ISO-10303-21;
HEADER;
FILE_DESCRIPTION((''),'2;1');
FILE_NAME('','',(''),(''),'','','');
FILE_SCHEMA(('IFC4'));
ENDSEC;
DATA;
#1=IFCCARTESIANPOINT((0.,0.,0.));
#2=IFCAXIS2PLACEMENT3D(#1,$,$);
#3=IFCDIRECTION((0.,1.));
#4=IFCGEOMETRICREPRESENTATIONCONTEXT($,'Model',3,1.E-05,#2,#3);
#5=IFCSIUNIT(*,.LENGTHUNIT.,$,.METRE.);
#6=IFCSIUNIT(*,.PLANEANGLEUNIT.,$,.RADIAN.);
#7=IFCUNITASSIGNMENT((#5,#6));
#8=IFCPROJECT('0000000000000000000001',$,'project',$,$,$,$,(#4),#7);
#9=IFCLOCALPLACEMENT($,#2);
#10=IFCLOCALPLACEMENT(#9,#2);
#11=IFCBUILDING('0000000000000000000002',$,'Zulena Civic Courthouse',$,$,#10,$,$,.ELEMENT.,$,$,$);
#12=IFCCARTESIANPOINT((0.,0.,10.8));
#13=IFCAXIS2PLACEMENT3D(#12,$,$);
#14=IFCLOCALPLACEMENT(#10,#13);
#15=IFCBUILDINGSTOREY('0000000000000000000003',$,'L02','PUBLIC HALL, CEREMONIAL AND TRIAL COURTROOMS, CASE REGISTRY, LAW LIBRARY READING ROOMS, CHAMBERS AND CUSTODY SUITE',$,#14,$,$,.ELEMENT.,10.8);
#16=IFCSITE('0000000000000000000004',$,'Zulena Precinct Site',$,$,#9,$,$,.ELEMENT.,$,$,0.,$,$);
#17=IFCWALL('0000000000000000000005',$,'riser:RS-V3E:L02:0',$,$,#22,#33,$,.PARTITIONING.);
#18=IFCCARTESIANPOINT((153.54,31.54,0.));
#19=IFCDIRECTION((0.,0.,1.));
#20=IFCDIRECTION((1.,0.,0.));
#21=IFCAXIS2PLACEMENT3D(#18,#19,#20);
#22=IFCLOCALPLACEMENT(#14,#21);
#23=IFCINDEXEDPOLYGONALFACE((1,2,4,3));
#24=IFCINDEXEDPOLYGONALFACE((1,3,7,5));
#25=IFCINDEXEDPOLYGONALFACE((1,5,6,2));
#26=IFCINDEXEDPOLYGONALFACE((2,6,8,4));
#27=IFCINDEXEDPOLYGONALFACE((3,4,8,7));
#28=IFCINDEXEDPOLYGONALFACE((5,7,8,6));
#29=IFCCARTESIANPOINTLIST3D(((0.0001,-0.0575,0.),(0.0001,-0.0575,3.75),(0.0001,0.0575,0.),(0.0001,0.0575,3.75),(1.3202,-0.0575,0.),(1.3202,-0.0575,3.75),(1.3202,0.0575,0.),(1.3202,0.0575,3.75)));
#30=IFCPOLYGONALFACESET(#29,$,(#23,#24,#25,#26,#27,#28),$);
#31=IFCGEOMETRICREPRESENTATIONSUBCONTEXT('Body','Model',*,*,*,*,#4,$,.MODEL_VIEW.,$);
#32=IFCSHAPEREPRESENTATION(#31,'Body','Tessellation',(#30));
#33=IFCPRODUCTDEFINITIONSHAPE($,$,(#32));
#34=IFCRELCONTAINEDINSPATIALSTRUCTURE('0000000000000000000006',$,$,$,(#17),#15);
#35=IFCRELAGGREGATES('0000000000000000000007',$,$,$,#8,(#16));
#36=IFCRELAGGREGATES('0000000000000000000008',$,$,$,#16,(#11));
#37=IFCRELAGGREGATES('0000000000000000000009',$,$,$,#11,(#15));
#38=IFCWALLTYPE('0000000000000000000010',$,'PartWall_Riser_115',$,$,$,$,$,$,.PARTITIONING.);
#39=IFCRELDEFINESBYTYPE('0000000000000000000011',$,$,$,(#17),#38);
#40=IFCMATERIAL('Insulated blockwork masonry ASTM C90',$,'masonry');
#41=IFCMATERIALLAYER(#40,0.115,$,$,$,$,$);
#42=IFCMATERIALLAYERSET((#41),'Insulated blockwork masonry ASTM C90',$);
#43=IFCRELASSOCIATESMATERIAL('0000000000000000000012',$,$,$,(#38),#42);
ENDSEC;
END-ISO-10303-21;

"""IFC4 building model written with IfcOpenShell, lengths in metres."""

from ifc_helpers import new_model, si_unit, direction, frame, frame_2d, origin, place, context, subcontext, project, spatial, rectangle, extrude, material, layer, layer_set, type_object, element, save


model = new_model("IFC4")

# Units and contexts
model_context = context("Model", 3, precision=1e-05, world=origin(), true_north=direction((0.0, 1.0)))
body_context = subcontext(model_context, "Body", "Model", "MODEL_VIEW")
ifc_project = project(units=[si_unit("LENGTHUNIT", "METRE"), si_unit("PLANEANGLEUNIT", "RADIAN")], contexts=[model_context])

# Site, building, storey
site_placement = place(None, origin())
site = spatial("IfcSite", under=ifc_project, at=site_placement, Name="Zulena Precinct Site", CompositionType="ELEMENT", RefElevation=0.0)
building_placement = place(site_placement, origin())
building = spatial("IfcBuilding", under=site, at=building_placement, Name="Zulena Civic Courthouse", CompositionType="ELEMENT")
storey_placement = place(building_placement, frame((0.0, 0.0, 10.8)))
storey = spatial("IfcBuildingStorey", under=building, at=storey_placement, Name="L02", Description="PUBLIC HALL, CEREMONIAL AND TRIAL COURTROOMS, CASE REGISTRY, LAW LIBRARY READING ROOMS, CHAMBERS AND CUSTODY SUITE", CompositionType="ELEMENT", Elevation=10.8)

# Wall
ifc_material_1 = material(Name="Insulated blockwork masonry ASTM C90", Category="masonry")
ifc_layer_1 = layer(ifc_material_1, 0.115)
ifc_layer_set_1 = layer_set([ifc_layer_1], Name="Insulated blockwork masonry ASTM C90")
wall_type = type_object("IfcWallType", Name="PartWall_Riser_115", PredefinedType="PARTITIONING", material=ifc_layer_set_1)
for number, where, z_axis, x_axis, name in (
    (1, (153.54, 31.54, 0.0), (0.0, 0.0, 1.0), (1.0, 0.0, 0.0), "riser:RS-V3E:L02:0"),
):
    element("IfcWall", number, at=place(storey_placement, frame(where, z_axis=z_axis, x_axis=x_axis)), inside=storey, type_object=wall_type, Name=name, PredefinedType="PARTITIONING", context=body_context, shape_type="SweptSolid", body=[
        extrude(rectangle(XDim=1.3201, YDim=0.115, at=frame_2d((0.6602, 0.0))), origin(), (0.0, 0.0, 1.0), 3.75),
    ])

save(model, "model.ifc")
